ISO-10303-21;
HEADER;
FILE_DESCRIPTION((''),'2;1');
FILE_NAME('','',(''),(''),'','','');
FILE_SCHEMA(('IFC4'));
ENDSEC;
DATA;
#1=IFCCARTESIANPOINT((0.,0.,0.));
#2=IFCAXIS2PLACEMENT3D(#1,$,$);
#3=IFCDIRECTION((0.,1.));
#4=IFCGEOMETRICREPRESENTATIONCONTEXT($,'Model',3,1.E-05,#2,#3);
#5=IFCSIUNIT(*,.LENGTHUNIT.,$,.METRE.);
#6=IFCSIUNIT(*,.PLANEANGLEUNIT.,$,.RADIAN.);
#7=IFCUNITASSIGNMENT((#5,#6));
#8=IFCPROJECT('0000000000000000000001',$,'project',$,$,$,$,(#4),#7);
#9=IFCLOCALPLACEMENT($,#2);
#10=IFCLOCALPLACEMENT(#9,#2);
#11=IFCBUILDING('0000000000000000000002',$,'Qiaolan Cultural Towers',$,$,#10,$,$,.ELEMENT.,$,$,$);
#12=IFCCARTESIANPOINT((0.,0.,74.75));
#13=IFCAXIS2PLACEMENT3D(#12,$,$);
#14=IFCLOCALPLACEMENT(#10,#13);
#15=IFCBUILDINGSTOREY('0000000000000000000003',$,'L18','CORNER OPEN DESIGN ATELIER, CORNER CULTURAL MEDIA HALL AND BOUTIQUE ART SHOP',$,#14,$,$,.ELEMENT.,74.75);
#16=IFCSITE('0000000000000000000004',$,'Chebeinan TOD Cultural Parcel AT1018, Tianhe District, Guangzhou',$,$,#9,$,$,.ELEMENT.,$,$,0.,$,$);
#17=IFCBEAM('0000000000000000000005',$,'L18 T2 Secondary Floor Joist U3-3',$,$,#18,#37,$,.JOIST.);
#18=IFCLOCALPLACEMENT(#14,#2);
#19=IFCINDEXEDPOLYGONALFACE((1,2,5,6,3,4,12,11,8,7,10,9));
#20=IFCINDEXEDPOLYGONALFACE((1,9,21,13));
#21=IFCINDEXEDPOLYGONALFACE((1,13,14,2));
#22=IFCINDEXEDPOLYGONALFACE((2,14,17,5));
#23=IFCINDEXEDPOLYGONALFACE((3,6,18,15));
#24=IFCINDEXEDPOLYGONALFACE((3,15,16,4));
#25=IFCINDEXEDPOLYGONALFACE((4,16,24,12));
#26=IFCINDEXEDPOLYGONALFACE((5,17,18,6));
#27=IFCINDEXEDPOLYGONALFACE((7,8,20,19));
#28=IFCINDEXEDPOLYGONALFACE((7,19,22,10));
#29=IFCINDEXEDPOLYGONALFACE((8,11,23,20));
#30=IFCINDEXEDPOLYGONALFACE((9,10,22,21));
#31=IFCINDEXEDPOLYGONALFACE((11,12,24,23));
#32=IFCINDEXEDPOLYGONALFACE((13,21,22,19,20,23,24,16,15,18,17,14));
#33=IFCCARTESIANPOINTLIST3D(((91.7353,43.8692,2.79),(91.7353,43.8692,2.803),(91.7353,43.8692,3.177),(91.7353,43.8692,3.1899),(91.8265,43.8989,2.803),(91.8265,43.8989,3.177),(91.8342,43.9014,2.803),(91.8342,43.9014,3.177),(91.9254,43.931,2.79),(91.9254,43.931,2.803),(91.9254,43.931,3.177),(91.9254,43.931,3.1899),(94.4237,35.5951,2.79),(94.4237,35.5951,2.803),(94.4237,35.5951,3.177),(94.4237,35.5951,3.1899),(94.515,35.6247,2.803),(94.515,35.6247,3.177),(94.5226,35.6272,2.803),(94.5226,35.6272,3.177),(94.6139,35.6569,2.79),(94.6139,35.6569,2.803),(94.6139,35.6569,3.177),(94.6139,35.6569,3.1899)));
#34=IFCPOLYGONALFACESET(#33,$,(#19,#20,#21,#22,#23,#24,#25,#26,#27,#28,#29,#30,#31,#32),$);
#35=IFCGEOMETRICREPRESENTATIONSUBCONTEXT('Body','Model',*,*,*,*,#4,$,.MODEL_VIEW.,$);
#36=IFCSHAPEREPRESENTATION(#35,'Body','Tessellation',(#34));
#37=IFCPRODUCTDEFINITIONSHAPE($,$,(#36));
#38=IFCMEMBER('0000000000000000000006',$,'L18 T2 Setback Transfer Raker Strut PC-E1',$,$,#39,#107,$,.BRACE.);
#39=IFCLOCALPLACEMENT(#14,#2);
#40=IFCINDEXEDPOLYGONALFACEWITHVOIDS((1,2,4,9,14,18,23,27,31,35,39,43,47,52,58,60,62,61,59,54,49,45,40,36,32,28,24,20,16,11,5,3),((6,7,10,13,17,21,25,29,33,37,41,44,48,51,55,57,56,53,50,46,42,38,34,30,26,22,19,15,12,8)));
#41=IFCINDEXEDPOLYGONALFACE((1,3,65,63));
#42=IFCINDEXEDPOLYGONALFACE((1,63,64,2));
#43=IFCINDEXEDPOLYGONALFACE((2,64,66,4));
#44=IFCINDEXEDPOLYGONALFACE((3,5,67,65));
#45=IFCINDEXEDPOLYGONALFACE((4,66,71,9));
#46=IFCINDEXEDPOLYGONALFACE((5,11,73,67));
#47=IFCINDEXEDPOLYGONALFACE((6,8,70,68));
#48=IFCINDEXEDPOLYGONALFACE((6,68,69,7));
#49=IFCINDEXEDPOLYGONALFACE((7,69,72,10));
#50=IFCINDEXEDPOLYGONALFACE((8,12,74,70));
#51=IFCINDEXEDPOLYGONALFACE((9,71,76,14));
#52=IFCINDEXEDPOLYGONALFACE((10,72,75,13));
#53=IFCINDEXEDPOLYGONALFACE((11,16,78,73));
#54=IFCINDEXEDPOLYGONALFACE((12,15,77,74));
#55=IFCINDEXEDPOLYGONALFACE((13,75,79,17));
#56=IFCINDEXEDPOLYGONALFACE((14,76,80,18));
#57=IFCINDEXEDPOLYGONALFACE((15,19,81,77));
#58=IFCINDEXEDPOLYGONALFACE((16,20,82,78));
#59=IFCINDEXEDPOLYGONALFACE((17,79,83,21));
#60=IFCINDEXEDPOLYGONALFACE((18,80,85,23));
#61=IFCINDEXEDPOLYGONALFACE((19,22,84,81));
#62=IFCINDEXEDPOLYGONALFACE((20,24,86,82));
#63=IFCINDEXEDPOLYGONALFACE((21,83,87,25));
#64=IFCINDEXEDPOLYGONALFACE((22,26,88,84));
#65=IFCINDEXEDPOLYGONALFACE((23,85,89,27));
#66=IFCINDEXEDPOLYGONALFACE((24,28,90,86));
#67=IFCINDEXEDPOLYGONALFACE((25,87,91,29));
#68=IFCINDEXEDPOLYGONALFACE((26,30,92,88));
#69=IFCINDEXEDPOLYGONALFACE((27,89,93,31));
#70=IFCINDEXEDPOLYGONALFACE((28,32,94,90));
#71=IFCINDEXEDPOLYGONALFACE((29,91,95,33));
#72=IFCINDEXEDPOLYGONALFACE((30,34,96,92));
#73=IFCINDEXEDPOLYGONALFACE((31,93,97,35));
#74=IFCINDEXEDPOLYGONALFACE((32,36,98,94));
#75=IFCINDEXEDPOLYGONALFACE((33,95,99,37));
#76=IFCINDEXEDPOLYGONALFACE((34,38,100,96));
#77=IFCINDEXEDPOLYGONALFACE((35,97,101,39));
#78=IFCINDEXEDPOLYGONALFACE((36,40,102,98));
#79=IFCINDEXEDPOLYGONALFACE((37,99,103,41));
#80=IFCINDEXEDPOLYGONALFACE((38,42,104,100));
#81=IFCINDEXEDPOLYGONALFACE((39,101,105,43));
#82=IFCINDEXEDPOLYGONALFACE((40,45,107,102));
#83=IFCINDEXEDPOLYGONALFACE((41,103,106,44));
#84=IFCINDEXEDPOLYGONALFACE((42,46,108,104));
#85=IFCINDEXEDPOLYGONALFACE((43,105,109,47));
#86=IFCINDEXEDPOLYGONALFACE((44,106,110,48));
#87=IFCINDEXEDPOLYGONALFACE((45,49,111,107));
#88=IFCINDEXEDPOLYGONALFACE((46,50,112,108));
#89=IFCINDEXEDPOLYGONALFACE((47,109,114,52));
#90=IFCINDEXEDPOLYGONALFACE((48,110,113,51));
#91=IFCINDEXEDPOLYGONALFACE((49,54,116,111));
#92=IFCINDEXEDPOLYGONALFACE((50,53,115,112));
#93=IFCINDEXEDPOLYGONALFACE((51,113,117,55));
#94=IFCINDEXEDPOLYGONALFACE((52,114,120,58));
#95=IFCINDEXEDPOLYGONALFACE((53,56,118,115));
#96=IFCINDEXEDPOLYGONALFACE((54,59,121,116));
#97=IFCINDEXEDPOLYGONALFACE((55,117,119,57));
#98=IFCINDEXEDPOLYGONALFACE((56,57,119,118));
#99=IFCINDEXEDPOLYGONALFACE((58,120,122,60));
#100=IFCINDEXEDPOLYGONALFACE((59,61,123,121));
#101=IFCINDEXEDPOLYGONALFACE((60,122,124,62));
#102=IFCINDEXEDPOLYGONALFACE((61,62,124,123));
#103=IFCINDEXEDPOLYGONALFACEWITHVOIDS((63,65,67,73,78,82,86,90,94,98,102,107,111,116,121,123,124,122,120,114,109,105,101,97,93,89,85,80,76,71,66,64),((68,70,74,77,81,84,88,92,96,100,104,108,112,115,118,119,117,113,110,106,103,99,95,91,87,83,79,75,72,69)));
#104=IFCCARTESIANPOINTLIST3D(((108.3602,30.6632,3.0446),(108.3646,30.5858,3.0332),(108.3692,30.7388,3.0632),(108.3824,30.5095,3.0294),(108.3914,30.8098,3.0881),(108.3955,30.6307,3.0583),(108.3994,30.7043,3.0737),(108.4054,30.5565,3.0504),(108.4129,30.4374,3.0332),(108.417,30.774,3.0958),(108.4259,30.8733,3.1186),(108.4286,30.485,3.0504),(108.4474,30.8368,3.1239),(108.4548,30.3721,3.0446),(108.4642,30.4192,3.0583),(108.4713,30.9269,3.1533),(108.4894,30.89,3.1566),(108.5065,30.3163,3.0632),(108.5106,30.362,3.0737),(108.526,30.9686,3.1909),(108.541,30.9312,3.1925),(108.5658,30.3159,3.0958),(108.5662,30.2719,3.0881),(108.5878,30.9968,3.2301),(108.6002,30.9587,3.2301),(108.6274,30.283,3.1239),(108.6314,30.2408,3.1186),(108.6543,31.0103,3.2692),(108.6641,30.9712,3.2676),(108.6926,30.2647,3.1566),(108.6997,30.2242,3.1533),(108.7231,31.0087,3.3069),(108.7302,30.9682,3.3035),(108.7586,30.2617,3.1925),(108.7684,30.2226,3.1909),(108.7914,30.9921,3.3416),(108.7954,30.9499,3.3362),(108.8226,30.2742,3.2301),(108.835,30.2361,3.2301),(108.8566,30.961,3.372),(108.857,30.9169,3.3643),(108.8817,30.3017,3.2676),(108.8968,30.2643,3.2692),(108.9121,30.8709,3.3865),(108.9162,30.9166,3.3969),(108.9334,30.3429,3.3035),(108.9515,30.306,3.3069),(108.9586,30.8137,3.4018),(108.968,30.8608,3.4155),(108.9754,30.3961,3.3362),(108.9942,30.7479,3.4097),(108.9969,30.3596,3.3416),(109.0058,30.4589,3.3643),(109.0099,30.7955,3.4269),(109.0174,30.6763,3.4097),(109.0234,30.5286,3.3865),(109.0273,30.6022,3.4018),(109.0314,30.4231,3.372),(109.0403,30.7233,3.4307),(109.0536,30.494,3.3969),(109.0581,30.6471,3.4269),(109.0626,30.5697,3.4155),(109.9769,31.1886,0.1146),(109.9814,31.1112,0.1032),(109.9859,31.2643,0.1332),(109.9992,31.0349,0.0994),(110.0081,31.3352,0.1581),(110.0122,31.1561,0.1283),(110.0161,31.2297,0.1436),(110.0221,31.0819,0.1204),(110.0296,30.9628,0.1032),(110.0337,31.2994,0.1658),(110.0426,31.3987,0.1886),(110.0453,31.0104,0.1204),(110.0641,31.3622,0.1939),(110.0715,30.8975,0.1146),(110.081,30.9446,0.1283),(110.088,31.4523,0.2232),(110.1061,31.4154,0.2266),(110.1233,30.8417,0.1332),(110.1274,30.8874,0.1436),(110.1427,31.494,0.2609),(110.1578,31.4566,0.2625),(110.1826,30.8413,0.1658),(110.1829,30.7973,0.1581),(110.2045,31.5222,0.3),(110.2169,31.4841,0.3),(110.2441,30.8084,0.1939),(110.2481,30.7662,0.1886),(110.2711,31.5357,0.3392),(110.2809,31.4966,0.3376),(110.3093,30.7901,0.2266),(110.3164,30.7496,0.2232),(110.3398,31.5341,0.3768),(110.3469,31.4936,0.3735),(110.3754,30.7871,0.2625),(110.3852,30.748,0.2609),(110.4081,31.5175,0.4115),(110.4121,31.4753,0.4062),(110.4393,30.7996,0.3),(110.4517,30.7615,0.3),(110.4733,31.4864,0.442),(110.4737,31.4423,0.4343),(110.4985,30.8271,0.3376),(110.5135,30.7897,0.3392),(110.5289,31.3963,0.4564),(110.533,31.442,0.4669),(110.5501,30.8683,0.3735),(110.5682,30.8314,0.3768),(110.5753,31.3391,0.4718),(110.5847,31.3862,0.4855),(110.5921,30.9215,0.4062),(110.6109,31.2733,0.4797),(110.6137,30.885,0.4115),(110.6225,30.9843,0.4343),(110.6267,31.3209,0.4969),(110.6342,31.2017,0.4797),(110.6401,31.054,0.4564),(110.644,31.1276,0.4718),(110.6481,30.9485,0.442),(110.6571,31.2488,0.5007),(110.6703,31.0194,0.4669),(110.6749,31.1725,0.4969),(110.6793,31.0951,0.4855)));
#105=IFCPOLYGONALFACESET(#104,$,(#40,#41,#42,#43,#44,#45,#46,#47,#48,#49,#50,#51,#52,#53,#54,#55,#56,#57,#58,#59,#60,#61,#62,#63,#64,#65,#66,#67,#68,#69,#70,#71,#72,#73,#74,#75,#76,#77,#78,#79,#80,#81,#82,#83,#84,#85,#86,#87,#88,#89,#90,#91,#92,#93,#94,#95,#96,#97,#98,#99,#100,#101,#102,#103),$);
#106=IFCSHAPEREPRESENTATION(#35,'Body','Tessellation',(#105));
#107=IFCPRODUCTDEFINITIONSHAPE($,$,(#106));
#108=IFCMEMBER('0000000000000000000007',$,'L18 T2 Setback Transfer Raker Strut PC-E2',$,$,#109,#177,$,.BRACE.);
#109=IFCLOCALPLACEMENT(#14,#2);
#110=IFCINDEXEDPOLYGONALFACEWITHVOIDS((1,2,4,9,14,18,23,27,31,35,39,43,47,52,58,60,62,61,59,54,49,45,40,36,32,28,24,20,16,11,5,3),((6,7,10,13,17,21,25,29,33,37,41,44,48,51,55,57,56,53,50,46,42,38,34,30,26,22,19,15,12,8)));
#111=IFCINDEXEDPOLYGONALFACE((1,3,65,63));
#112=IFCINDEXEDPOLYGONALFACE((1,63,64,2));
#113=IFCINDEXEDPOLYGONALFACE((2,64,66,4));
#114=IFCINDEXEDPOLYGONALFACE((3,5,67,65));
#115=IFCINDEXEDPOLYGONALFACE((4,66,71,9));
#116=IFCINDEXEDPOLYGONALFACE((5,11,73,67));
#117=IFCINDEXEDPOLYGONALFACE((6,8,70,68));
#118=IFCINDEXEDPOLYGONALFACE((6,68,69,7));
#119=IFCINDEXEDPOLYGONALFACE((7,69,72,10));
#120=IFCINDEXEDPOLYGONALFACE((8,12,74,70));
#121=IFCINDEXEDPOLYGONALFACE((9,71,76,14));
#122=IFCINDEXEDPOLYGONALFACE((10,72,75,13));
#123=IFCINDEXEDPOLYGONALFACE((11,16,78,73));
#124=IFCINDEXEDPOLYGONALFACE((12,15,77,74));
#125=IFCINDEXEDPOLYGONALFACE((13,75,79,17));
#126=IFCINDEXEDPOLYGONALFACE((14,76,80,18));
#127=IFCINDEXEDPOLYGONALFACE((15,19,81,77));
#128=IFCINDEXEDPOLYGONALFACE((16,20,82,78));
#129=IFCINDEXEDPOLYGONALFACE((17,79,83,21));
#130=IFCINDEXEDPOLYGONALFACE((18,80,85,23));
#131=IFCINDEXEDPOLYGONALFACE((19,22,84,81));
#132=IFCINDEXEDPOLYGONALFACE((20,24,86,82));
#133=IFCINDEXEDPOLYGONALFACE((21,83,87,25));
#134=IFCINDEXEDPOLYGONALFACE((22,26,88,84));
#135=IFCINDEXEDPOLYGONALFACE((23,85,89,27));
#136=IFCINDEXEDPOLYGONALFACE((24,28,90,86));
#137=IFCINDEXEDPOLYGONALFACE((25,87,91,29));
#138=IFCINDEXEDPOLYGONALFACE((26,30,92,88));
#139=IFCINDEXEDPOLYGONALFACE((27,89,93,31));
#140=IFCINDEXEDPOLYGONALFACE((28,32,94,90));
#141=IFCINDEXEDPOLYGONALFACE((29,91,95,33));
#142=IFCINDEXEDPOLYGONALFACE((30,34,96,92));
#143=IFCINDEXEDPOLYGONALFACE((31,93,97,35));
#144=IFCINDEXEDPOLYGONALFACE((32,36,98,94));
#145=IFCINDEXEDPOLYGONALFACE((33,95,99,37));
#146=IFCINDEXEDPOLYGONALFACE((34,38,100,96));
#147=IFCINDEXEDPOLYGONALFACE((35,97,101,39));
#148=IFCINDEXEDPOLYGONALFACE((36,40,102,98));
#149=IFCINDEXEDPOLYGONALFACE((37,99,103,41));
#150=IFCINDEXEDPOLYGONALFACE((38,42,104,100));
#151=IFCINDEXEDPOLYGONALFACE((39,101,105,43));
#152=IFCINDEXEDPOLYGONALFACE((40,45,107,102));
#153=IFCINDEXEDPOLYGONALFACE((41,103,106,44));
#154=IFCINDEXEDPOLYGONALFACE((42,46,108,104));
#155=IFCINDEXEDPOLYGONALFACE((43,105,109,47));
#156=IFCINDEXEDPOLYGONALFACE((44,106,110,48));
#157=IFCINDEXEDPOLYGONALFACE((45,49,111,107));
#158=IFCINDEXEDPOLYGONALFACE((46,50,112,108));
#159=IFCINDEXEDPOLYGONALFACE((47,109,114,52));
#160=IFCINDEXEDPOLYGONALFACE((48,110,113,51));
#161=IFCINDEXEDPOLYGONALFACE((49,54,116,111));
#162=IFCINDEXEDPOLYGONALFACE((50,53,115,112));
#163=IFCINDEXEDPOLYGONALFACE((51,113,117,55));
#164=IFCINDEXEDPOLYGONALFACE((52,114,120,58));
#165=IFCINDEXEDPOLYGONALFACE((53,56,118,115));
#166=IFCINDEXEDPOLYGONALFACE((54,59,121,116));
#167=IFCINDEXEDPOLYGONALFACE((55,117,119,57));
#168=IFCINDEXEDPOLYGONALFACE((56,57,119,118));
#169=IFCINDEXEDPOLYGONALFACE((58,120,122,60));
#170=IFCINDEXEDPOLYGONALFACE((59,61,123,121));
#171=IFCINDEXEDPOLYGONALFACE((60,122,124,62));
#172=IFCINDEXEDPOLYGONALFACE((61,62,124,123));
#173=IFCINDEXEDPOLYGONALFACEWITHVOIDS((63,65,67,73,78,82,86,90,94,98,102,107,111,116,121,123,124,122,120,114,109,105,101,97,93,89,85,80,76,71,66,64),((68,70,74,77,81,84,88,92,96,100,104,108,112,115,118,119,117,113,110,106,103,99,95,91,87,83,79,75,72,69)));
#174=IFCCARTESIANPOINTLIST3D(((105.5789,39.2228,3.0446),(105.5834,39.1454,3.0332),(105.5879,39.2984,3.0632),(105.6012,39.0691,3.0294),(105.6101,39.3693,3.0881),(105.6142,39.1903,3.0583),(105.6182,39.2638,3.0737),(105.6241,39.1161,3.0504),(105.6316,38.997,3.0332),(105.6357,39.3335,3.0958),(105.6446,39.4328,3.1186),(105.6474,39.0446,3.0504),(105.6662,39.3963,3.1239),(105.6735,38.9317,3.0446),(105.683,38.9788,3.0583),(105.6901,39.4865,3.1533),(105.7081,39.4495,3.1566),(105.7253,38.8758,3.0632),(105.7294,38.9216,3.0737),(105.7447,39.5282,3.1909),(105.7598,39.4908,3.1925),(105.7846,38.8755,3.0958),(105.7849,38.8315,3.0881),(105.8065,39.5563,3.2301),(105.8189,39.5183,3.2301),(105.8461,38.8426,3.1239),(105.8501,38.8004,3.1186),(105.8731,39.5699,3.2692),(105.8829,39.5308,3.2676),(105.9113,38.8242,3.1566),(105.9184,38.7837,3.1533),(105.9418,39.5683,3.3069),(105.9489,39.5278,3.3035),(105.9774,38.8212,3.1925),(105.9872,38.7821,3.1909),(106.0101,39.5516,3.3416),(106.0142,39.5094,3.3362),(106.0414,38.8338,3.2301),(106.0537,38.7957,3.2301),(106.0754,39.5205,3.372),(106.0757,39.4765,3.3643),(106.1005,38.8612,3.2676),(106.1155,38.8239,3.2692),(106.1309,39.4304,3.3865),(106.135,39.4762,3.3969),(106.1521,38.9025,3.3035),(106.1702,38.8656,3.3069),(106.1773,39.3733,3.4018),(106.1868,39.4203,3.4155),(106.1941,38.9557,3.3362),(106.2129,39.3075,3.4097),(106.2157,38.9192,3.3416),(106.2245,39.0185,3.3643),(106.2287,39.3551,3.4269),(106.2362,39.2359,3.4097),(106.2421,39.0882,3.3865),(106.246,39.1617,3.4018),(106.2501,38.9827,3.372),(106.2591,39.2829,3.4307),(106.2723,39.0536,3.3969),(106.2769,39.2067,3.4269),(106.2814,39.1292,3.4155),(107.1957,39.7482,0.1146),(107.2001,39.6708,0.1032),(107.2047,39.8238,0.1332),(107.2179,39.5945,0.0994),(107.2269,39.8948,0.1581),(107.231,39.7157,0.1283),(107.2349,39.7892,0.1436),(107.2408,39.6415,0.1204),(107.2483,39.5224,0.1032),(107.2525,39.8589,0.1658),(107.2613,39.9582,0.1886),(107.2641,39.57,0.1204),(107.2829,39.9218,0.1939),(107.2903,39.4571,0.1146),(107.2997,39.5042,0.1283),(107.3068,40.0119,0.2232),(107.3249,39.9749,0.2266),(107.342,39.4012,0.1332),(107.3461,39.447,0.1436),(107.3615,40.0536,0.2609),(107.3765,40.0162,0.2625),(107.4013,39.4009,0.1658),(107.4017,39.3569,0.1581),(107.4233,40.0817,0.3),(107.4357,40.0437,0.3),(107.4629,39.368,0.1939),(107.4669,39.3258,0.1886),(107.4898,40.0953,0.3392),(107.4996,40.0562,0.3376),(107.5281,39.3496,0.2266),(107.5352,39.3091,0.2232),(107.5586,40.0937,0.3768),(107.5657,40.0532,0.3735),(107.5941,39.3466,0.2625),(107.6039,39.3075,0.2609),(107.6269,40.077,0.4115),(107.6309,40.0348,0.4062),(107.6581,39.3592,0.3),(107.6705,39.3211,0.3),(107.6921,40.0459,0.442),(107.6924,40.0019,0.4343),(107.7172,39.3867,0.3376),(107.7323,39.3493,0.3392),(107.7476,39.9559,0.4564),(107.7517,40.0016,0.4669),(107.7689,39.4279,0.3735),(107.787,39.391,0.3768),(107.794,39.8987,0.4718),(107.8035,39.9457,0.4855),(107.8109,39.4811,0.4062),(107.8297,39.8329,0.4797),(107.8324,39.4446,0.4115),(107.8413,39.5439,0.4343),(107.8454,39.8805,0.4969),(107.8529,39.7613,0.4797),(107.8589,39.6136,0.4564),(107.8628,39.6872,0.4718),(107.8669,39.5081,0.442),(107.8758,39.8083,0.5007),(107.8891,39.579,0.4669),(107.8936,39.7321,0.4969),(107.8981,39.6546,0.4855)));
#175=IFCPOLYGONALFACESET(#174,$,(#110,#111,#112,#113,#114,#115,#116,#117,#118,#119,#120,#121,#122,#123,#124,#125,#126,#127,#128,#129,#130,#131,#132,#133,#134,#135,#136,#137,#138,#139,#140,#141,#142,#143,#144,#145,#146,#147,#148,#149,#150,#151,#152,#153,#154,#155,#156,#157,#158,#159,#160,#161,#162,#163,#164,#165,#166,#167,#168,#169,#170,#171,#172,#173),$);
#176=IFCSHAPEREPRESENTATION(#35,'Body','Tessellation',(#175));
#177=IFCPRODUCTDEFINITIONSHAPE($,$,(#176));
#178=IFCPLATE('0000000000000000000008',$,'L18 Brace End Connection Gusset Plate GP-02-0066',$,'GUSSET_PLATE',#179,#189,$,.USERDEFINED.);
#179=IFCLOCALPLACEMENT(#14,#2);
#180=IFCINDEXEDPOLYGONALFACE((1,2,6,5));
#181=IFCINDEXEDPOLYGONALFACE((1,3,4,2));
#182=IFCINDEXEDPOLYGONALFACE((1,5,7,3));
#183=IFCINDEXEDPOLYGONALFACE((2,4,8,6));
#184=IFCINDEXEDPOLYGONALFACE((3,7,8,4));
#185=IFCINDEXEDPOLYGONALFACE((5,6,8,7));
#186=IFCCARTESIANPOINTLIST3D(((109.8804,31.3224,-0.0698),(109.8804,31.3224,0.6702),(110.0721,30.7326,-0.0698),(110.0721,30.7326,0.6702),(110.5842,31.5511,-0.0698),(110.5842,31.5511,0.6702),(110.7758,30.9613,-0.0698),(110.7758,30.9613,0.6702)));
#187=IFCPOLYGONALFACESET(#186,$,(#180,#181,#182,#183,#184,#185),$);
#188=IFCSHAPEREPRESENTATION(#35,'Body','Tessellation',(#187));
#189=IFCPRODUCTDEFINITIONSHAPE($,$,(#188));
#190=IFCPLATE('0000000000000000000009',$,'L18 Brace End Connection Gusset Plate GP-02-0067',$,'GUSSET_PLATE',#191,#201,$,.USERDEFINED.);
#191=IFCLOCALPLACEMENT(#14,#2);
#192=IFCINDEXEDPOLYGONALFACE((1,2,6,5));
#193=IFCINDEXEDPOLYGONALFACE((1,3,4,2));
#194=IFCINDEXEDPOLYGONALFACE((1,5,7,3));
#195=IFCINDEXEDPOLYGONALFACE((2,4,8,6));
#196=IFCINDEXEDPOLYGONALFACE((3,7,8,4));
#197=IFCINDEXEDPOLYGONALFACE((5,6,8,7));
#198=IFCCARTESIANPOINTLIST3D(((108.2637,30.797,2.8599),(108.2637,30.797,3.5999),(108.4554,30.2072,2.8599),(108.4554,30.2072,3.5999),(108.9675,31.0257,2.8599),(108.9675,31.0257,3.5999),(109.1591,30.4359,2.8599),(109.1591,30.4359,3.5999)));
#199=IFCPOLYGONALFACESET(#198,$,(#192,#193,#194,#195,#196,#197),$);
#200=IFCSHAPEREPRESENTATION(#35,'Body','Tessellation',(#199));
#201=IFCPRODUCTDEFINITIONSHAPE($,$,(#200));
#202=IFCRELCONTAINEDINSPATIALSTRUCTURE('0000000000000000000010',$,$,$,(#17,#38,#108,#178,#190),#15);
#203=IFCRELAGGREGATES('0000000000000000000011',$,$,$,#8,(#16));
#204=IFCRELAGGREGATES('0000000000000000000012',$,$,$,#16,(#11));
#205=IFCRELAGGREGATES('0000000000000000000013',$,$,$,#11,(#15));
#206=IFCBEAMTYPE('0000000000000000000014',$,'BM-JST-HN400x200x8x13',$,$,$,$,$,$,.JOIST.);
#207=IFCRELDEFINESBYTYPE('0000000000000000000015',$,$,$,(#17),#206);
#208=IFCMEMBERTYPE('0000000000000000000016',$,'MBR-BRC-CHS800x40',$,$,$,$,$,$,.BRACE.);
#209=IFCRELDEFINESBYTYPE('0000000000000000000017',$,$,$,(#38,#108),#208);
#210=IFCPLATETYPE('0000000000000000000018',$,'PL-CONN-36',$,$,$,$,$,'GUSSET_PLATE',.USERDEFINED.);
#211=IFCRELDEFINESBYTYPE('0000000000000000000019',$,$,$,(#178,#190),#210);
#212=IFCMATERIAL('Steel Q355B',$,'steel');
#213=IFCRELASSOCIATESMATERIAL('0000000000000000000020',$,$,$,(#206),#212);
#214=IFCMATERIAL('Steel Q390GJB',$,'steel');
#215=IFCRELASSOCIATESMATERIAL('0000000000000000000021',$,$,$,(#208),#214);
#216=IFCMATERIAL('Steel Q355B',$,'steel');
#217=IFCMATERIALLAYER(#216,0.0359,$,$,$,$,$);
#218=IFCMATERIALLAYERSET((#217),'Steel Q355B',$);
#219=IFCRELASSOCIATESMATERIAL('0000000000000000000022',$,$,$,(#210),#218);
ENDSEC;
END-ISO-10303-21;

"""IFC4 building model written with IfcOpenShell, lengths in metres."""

from ifc_helpers import new_model, si_unit, direction, frame, origin, origin_2d, place, context, subcontext, project, spatial, rectangle, hollow_circle, i_section, extrude, material, layer, layer_set, material_profile, profile_set, type_object, element, save


model = new_model("IFC4")

# Units and contexts
model_context = context("Model", 3, precision=1e-05, world=origin(), true_north=direction((0.0, 1.0)))
body_context = subcontext(model_context, "Body", "Model", "MODEL_VIEW")
ifc_project = project(units=[si_unit("LENGTHUNIT", "METRE"), si_unit("PLANEANGLEUNIT", "RADIAN")], contexts=[model_context])

# Site, building, storey
site_placement = place(None, origin())
site = spatial("IfcSite", under=ifc_project, at=site_placement, Name="Chebeinan TOD Cultural Parcel AT1018, Tianhe District, Guangzhou", CompositionType="ELEMENT", RefElevation=0.0)
building_placement = place(site_placement, origin())
building = spatial("IfcBuilding", under=site, at=building_placement, Name="Qiaolan Cultural Towers", CompositionType="ELEMENT")
storey_placement = place(building_placement, frame((0.0, 0.0, 74.75)))
storey = spatial("IfcBuildingStorey", under=building, at=storey_placement, Name="L18", Description="CORNER OPEN DESIGN ATELIER, CORNER CULTURAL MEDIA HALL AND BOUTIQUE ART SHOP", CompositionType="ELEMENT", Elevation=74.75)

# Beam
ifc_material_1 = material(Name="Steel Q355B", Category="steel")
ifc_material_profile_1 = material_profile(ifc_material_1, i_section(OverallWidth=0.2, OverallDepth=0.3999, WebThickness=0.0081, FlangeThickness=0.0129, at=origin_2d()), Name="HN400x200x8x13")
ifc_profile_set_1 = profile_set([ifc_material_profile_1], Name="Steel Q355B")
beam_type_1 = type_object("IfcBeamType", Name="BM-JST-HN400x200x8x13", PredefinedType="JOIST", material=ifc_profile_set_1)
for number, where, z_axis, x_axis, name in (
    (1, (94.5188, 35.626, 2.99), (-0.309021, 0.951055, 0.0), (-0.951055, -0.309021, 0.0), "L18 T2 Secondary Floor Joist U3-3"),
):
    element("IfcBeam", number, at=place(storey_placement, frame(where, z_axis=z_axis, x_axis=x_axis)), inside=storey, type_object=beam_type_1, Name=name, PredefinedType="JOIST", context=body_context, shape_type="SweptSolid", body=[
        extrude(i_section(OverallWidth=0.2, OverallDepth=0.3999, WebThickness=0.0081, FlangeThickness=0.0129, at=origin_2d()), origin(), (0.0, 0.0, 1.0), 8.7),
    ])

# Members
ifc_material_2 = material(Name="Steel Q390GJB", Category="steel")
ifc_material_profile_2 = material_profile(ifc_material_2, hollow_circle(Radius=0.3999, WallThickness=0.04, at=origin_2d()), Name="CHS800x40")
ifc_profile_set_2 = profile_set([ifc_material_profile_2], Name="Steel Q390GJB")
member_type = type_object("IfcMemberType", Name="MBR-BRC-CHS800x40", PredefinedType="BRACE", material=ifc_profile_set_2)
for number, where, z_axis, x_axis, name in (
    (2, (110.3281, 31.1418, 0.3), (-0.477273, -0.155103, 0.864959), (0.309067, -0.95104, 0.0), "L18 T2 Setback Transfer Raker Strut PC-E1"),
    (3, (107.5469, 39.7014, 0.3), (-0.477273, -0.155103, 0.864959), (0.309067, -0.95104, 0.0), "L18 T2 Setback Transfer Raker Strut PC-E2"),
):
    element("IfcMember", number, at=place(storey_placement, frame(where, z_axis=z_axis, x_axis=x_axis)), inside=storey, type_object=member_type, Name=name, PredefinedType="BRACE", context=body_context, shape_type="SweptSolid", body=[
        extrude(hollow_circle(Radius=0.3999, WallThickness=0.04, at=origin_2d()), origin(), (0.0, 0.0, 1.0), 3.3875),
    ])

# Plates
ifc_material_3 = material(Name="Steel Q355B", Category="steel")
ifc_layer_1 = layer(ifc_material_3, 0.0359)
ifc_layer_set_1 = layer_set([ifc_layer_1], Name="Steel Q355B")
plate_type_1 = type_object("IfcPlateType", Name="PL-CONN-36", ElementType="GUSSET_PLATE", PredefinedType="USERDEFINED", material=ifc_layer_set_1)
for number, where, z_axis, x_axis, name in (
    (4, (110.3281, 31.1418, -0.0698), (0.0, 0.0, 1.0), (0.951056, 0.309017, 0.0), "L18 Brace End Connection Gusset Plate GP-02-0066"),
    (5, (108.7114, 30.6165, 2.8599), (0.0, 0.0, 1.0), (0.951056, 0.309017, 0.0), "L18 Brace End Connection Gusset Plate GP-02-0067"),
):
    element("IfcPlate", number, at=place(storey_placement, frame(where, z_axis=z_axis, x_axis=x_axis)), inside=storey, type_object=plate_type_1, Name=name, ObjectType="GUSSET_PLATE", PredefinedType="USERDEFINED", context=body_context, shape_type="SweptSolid", body=[
        extrude(rectangle(XDim=0.74, YDim=0.6201, at=origin_2d()), origin(), (0.0, 0.0, 1.0), 0.74),
    ])

save(model, "model.ifc")
